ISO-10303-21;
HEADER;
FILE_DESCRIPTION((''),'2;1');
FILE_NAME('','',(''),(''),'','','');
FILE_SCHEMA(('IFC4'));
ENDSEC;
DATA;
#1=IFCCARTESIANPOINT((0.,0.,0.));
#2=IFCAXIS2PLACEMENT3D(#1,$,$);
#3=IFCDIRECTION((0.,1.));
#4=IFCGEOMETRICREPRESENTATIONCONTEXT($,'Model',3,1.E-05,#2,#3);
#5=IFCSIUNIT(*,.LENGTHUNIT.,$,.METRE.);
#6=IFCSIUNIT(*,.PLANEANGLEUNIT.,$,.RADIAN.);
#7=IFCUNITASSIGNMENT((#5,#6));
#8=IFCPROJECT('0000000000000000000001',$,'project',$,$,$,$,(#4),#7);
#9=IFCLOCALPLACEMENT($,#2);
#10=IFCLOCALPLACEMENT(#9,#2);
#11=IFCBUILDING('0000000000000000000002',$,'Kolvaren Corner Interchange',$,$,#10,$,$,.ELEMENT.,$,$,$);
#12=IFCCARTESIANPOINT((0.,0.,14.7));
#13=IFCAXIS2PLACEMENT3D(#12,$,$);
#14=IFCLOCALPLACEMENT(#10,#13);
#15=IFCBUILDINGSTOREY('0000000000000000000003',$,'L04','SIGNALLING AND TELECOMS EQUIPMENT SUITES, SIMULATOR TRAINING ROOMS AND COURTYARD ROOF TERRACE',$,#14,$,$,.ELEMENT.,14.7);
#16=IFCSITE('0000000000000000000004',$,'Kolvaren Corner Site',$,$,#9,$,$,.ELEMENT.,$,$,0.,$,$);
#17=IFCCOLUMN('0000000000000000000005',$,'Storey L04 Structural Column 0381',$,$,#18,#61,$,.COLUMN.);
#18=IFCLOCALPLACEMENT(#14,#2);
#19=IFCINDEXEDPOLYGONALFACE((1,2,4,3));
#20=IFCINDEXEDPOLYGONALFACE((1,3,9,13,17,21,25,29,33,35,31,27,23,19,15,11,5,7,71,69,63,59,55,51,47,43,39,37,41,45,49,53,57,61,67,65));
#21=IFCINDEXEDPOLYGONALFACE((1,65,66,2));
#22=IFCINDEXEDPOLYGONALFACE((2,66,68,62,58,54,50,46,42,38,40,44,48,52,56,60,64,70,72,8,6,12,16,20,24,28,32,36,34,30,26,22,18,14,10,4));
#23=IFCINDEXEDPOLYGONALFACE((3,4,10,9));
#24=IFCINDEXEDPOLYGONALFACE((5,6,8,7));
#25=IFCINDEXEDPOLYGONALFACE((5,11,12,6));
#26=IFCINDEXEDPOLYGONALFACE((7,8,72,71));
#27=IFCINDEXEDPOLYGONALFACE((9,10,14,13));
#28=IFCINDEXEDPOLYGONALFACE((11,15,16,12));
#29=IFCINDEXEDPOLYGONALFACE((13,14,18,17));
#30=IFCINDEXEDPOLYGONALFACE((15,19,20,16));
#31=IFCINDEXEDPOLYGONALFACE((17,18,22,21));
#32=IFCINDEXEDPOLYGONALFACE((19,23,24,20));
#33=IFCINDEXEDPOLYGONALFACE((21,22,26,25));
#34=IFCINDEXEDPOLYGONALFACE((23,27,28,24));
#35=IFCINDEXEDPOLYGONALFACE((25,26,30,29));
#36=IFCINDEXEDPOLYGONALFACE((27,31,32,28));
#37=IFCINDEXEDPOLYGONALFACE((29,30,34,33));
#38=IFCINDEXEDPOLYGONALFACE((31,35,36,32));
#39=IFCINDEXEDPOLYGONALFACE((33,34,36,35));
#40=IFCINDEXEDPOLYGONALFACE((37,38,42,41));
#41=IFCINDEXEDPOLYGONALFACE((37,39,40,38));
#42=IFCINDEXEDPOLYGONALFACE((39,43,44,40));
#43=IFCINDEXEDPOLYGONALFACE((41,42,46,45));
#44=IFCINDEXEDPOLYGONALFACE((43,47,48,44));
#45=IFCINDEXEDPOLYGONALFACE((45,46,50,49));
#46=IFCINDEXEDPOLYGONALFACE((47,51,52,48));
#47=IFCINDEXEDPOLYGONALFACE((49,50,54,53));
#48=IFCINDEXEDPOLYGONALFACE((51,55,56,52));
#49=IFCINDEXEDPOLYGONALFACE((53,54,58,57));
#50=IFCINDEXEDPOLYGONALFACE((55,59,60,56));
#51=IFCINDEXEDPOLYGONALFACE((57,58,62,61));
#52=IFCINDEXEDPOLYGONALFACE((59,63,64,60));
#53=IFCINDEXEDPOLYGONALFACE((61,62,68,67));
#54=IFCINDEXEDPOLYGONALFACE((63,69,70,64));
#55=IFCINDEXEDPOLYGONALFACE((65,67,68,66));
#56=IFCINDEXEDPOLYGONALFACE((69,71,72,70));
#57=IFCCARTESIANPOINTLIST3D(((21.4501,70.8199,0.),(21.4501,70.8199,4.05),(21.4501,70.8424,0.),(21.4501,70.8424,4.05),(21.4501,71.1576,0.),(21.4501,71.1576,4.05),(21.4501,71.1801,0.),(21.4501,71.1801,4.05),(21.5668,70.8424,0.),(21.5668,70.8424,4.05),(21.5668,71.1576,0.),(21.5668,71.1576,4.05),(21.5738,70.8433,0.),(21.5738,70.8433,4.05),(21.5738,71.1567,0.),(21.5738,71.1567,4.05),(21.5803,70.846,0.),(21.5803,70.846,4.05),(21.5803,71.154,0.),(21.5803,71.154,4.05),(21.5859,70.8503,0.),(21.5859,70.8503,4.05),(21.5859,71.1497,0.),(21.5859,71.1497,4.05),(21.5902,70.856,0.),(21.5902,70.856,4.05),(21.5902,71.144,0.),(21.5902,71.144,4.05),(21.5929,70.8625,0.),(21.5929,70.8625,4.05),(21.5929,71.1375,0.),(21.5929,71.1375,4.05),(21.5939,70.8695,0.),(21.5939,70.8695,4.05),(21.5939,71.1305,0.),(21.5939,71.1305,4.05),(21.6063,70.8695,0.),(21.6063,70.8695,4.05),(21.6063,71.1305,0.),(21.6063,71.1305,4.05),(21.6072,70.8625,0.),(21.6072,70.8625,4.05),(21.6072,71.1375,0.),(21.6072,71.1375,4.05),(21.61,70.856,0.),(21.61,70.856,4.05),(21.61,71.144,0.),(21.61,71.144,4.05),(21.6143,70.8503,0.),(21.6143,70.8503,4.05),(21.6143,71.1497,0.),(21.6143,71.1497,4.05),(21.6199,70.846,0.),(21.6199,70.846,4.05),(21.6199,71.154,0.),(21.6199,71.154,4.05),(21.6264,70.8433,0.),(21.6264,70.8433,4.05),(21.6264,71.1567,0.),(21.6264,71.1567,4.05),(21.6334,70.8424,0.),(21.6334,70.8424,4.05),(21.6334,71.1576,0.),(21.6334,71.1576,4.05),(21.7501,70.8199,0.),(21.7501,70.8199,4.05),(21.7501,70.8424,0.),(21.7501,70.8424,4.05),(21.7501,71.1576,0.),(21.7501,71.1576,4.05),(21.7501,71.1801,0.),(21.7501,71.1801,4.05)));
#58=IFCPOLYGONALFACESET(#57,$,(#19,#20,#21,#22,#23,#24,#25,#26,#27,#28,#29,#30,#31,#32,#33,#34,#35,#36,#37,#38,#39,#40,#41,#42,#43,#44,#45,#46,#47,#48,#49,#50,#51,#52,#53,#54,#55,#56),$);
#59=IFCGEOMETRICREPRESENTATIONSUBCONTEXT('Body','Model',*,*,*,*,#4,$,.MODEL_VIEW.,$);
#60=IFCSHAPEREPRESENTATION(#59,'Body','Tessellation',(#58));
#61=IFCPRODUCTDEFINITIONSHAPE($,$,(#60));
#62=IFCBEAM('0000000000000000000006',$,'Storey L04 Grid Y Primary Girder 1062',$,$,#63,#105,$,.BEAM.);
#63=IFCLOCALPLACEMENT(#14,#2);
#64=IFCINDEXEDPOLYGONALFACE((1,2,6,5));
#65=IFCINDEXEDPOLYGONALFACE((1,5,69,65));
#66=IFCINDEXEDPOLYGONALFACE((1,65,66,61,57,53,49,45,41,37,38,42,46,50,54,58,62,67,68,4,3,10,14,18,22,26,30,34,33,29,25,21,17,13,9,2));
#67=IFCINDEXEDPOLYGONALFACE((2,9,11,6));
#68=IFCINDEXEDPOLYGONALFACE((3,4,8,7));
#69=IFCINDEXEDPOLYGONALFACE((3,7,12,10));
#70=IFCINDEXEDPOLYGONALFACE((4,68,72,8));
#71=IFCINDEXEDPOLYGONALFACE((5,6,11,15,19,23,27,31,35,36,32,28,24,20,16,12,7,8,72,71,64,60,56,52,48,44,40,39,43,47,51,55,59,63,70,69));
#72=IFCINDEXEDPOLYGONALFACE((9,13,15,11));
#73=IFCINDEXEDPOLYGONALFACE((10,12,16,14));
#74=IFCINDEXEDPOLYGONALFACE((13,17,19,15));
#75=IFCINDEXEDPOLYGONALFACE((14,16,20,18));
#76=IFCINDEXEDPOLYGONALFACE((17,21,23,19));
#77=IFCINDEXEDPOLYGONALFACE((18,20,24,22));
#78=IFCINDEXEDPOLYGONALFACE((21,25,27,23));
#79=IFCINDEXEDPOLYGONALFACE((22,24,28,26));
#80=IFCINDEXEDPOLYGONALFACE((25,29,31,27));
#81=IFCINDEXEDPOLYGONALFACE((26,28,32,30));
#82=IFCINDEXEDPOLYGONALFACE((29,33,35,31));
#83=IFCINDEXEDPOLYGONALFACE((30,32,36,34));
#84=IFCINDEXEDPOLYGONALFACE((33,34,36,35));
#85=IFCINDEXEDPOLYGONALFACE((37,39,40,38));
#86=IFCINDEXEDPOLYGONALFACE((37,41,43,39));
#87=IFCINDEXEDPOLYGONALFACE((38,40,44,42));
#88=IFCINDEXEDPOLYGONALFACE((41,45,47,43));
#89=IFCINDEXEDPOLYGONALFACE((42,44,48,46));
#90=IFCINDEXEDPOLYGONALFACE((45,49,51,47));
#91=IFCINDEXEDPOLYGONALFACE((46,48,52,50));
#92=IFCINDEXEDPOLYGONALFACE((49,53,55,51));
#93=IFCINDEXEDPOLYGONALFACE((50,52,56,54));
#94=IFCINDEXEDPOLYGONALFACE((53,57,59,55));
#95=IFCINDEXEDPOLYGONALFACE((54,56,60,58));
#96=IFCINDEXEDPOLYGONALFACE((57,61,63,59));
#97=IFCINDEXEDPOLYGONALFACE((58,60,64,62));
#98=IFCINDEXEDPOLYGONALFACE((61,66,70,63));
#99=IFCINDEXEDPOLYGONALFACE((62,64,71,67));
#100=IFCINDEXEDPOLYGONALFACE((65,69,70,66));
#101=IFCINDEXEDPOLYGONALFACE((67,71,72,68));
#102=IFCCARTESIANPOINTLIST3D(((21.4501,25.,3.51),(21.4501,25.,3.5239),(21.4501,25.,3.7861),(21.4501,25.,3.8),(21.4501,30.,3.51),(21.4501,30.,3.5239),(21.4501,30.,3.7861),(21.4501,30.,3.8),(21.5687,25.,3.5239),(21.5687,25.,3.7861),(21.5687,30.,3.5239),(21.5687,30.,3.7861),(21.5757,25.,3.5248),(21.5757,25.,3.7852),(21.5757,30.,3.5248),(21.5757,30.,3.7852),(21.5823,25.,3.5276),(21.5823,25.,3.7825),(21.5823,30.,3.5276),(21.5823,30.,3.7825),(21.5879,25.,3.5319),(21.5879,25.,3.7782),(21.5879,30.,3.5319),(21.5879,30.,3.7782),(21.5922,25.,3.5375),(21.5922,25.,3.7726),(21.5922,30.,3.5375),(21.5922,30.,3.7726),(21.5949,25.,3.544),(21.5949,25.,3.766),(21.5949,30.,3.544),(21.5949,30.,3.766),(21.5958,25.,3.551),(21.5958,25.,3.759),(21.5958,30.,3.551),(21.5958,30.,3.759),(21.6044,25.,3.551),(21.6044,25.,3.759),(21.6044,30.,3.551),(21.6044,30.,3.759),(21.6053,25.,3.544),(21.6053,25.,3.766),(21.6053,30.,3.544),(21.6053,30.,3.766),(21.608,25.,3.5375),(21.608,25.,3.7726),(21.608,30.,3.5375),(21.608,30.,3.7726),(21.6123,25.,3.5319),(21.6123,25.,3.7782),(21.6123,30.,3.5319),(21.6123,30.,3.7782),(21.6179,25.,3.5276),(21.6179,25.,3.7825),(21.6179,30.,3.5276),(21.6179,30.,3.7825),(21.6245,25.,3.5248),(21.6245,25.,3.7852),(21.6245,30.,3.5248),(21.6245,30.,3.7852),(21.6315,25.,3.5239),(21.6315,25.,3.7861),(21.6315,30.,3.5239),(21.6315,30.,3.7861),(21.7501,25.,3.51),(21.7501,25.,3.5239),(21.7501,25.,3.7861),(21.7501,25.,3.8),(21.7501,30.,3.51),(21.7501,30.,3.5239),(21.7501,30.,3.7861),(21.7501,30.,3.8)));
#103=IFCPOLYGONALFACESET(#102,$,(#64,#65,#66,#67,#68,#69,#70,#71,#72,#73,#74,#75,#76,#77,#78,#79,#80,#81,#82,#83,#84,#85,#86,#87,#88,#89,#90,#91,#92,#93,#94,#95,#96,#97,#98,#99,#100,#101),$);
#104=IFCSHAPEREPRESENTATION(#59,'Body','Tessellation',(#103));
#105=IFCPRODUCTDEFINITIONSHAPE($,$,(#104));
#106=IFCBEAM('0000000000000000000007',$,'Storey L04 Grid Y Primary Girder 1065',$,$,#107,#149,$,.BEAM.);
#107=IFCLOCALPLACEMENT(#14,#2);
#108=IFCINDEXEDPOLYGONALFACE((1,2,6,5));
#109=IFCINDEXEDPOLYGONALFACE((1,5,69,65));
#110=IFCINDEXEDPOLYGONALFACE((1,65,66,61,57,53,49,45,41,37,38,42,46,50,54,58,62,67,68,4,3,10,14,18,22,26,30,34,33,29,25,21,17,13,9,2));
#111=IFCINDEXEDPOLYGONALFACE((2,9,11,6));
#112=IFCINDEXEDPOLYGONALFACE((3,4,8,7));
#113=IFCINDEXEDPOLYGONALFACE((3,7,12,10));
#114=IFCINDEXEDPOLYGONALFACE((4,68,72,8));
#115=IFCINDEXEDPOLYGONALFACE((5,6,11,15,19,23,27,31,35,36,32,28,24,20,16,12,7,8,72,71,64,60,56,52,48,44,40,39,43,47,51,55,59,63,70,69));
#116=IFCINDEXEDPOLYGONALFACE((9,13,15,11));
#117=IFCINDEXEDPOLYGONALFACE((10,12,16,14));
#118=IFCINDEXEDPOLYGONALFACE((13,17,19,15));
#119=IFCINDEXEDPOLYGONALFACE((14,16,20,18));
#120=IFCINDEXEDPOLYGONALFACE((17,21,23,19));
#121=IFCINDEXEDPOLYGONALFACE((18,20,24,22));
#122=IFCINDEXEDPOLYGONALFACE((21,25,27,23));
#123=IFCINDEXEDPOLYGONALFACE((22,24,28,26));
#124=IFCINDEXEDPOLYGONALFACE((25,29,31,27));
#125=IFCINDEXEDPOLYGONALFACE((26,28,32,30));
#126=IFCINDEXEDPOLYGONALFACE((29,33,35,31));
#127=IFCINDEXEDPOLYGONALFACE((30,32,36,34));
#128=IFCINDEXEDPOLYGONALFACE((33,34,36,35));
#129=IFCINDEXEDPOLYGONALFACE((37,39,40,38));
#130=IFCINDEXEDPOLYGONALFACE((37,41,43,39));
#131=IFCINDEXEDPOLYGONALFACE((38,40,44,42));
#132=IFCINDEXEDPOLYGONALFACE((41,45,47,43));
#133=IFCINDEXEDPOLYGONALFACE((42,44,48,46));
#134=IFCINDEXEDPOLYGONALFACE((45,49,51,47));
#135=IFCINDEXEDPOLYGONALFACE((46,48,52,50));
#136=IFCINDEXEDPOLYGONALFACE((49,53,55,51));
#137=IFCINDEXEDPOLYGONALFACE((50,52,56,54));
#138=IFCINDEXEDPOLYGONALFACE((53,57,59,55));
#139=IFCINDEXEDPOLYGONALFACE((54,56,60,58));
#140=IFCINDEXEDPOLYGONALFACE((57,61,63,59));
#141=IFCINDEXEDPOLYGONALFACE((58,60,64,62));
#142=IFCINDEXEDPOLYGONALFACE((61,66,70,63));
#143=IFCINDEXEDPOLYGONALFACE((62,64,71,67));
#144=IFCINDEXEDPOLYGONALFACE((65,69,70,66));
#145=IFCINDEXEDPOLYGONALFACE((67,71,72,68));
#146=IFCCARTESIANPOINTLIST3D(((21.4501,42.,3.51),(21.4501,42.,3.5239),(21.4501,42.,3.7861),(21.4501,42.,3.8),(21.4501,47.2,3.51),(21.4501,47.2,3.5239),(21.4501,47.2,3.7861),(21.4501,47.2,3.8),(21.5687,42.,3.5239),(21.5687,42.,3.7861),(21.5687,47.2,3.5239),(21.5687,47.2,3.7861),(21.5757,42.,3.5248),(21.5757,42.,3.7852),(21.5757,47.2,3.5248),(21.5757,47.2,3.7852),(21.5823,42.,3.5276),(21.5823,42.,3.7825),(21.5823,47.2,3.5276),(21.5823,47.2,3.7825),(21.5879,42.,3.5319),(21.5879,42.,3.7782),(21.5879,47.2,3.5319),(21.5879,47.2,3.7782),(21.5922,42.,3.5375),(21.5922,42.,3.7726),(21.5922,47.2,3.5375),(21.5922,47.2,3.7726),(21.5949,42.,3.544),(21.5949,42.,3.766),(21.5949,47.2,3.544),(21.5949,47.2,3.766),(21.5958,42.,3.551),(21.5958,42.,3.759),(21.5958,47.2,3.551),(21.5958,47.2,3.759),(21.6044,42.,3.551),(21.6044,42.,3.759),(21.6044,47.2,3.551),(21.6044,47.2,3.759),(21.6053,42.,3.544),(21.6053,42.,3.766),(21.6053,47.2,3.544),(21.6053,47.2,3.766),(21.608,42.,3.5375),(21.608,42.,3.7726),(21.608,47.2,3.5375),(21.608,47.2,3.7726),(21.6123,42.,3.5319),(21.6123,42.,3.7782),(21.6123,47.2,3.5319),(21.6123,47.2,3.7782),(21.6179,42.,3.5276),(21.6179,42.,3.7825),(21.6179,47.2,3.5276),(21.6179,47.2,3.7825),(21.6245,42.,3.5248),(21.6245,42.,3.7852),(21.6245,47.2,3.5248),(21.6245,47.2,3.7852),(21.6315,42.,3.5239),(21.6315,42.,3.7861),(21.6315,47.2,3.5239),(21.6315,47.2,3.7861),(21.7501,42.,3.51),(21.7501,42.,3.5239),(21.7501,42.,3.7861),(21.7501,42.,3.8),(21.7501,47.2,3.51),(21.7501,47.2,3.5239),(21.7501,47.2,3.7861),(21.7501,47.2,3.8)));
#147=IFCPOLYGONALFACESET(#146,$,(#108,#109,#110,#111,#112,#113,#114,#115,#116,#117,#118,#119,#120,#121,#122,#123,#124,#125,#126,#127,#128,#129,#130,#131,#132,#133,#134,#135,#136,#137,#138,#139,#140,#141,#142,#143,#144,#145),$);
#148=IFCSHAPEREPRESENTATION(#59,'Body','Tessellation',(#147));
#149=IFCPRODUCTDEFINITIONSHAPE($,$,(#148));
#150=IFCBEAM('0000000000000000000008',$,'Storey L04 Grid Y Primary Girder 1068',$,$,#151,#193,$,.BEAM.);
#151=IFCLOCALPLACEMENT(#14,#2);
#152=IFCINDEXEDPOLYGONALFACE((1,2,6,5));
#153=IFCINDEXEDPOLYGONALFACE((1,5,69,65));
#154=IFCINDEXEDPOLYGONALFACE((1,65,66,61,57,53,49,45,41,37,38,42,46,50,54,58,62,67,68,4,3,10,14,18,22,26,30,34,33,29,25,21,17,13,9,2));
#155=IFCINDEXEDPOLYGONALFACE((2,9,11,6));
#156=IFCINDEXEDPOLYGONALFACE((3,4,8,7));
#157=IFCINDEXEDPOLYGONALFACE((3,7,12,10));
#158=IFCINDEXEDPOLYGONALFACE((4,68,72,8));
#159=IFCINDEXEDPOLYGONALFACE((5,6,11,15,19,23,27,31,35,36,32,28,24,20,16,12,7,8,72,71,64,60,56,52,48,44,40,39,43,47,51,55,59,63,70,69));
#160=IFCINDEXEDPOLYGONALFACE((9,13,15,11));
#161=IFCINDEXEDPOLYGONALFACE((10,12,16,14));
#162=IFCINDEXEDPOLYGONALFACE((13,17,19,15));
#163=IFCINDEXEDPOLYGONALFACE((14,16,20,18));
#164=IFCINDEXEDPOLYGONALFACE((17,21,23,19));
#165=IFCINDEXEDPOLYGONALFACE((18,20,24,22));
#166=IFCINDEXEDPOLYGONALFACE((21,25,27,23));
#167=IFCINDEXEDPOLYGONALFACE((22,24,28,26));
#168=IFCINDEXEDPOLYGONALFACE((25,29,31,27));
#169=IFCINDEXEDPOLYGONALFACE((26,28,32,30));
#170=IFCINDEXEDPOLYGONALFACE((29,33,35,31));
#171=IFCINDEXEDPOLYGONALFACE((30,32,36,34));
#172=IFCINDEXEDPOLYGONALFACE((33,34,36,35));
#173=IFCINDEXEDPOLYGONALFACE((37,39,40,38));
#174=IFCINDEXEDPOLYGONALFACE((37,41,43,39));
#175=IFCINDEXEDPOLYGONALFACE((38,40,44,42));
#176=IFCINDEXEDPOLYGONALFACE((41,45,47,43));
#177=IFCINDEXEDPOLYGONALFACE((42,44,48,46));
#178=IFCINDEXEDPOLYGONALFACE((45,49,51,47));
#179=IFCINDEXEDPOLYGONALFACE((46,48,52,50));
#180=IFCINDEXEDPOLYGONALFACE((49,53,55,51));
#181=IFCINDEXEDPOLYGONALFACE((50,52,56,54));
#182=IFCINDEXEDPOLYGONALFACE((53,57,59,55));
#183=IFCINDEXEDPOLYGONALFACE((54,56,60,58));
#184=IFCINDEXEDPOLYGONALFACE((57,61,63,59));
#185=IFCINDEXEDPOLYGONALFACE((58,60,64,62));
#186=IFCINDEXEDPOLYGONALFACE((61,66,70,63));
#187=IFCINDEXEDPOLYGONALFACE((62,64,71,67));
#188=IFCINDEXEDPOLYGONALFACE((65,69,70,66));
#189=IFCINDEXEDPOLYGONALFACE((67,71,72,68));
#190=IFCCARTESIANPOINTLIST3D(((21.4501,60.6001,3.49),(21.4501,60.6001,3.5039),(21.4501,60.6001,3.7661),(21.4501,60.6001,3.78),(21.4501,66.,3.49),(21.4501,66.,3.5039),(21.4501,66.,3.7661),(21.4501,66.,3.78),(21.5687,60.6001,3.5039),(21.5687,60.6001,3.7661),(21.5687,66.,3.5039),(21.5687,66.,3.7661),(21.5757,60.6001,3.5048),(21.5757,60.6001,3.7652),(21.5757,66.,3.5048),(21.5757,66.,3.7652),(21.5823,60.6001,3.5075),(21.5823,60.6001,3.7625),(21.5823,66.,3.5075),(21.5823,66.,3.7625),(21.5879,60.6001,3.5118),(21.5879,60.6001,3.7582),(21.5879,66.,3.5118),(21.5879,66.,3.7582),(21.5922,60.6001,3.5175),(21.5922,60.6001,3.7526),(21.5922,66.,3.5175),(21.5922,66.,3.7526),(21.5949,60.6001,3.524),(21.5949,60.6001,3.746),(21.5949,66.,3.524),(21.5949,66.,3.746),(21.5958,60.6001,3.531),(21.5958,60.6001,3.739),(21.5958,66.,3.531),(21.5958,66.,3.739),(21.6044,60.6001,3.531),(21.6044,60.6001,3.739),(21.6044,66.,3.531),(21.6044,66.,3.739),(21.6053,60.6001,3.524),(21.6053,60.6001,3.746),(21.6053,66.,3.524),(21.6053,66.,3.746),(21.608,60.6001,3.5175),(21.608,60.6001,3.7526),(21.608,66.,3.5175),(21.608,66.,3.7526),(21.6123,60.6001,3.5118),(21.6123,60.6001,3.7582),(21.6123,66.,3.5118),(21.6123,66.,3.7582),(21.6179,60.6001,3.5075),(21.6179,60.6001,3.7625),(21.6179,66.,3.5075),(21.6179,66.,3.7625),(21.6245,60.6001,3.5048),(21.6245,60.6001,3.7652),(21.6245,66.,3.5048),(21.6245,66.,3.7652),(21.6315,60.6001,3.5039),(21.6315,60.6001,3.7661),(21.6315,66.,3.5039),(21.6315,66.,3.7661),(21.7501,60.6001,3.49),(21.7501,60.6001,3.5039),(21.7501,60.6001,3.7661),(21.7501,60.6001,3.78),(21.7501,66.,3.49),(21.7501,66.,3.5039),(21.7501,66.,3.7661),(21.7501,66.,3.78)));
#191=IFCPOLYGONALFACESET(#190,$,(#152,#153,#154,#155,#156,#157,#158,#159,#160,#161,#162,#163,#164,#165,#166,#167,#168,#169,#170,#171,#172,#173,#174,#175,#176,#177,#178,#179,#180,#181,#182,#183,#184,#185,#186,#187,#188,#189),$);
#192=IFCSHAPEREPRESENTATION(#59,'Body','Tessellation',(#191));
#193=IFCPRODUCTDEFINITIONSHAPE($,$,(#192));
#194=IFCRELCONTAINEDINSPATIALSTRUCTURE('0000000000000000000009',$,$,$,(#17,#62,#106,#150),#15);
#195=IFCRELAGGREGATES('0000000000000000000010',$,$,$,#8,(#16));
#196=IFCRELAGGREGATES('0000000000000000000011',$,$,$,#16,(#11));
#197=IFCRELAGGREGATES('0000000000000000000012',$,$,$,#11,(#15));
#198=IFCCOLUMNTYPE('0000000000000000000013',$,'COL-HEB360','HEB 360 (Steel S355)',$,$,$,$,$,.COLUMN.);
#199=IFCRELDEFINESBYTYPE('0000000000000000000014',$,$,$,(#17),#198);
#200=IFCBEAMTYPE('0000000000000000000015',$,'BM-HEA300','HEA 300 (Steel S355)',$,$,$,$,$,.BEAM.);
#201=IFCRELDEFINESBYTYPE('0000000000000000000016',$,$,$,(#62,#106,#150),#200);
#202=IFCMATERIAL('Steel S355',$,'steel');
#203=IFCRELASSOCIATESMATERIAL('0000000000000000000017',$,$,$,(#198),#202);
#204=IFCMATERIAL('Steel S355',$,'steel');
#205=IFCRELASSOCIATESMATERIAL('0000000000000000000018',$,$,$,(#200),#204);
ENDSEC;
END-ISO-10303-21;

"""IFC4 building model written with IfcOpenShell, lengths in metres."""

from ifc_helpers import new_model, si_unit, direction, frame, origin, origin_2d, place, context, subcontext, project, spatial, i_section, extrude, material, material_profile, profile_set, type_object, element, save


model = new_model("IFC4")

# Units and contexts
model_context = context("Model", 3, precision=1e-05, world=origin(), true_north=direction((0.0, 1.0)))
body_context = subcontext(model_context, "Body", "Model", "MODEL_VIEW")
ifc_project = project(units=[si_unit("LENGTHUNIT", "METRE"), si_unit("PLANEANGLEUNIT", "RADIAN")], contexts=[model_context])

# Site, building, storey
site_placement = place(None, origin())
site = spatial("IfcSite", under=ifc_project, at=site_placement, Name="Kolvaren Corner Site", CompositionType="ELEMENT", RefElevation=0.0)
building_placement = place(site_placement, origin())
building = spatial("IfcBuilding", under=site, at=building_placement, Name="Kolvaren Corner Interchange", CompositionType="ELEMENT")
storey_placement = place(building_placement, frame((0.0, 0.0, 14.7)))
storey = spatial("IfcBuildingStorey", under=building, at=storey_placement, Name="L04", Description="SIGNALLING AND TELECOMS EQUIPMENT SUITES, SIMULATOR TRAINING ROOMS AND COURTYARD ROOF TERRACE", CompositionType="ELEMENT", Elevation=14.7)

# Column
ifc_material_1 = material(Name="Steel S355", Category="steel")
ifc_material_profile_1 = material_profile(ifc_material_1, i_section(OverallWidth=0.3, OverallDepth=0.3601, WebThickness=0.0125, FlangeThickness=0.0225, FilletRadius=0.0271, at=origin_2d()), Name="HEB 360")
ifc_profile_set_1 = profile_set([ifc_material_profile_1], Name="Steel S355")
column_type = type_object("IfcColumnType", Name="COL-HEB360", Description="HEB 360 (Steel S355)", PredefinedType="COLUMN", material=ifc_profile_set_1)
for number, where, z_axis, x_axis, name in (
    (1, (21.6001, 71.0, 0.0), (0.0, 0.0, 1.0), (1.0, 0.0, 0.0), "Storey L04 Structural Column 0381"),
):
    element("IfcColumn", number, at=place(storey_placement, frame(where, z_axis=z_axis, x_axis=x_axis)), inside=storey, type_object=column_type, Name=name, PredefinedType="COLUMN", context=body_context, shape_type="SweptSolid", body=[
        extrude(i_section(OverallWidth=0.3, OverallDepth=0.3601, WebThickness=0.0125, FlangeThickness=0.0225, FilletRadius=0.0271, at=origin_2d()), origin(), (0.0, 0.0, 1.0), 4.05),
    ])

# Beams
ifc_material_2 = material(Name="Steel S355", Category="steel")
ifc_material_profile_2 = material_profile(ifc_material_2, i_section(OverallWidth=0.3, OverallDepth=0.29, WebThickness=0.0085, FlangeThickness=0.0139, FilletRadius=0.0271, at=origin_2d()), Name="HEA 300")
ifc_profile_set_2 = profile_set([ifc_material_profile_2], Name="Steel S355")
beam_type_1 = type_object("IfcBeamType", Name="BM-HEA300", Description="HEA 300 (Steel S355)", PredefinedType="BEAM", material=ifc_profile_set_2)
beam_1_placement = place(storey_placement, frame((21.6001, 25.0, 3.655), z_axis=(0.0, 1.0, 0.0), x_axis=(-1.0, 0.0, 0.0)))
element("IfcBeam", 2, at=beam_1_placement, inside=storey, type_object=beam_type_1, Name="Storey L04 Grid Y Primary Girder 1062", PredefinedType="BEAM", context=body_context, shape_type="SweptSolid", body=[
    extrude(i_section(OverallWidth=0.3, OverallDepth=0.29, WebThickness=0.0085, FlangeThickness=0.0139, FilletRadius=0.0271, at=origin_2d()), origin(), (0.0, 0.0, 1.0), 5.0),
])
beam_2_placement = place(storey_placement, frame((21.6001, 42.0, 3.655), z_axis=(0.0, 1.0, 0.0), x_axis=(-1.0, 0.0, 0.0)))
element("IfcBeam", 3, at=beam_2_placement, inside=storey, type_object=beam_type_1, Name="Storey L04 Grid Y Primary Girder 1065", PredefinedType="BEAM", context=body_context, shape_type="SweptSolid", body=[
    extrude(i_section(OverallWidth=0.3, OverallDepth=0.29, WebThickness=0.0085, FlangeThickness=0.0139, FilletRadius=0.0271, at=origin_2d()), origin(), (0.0, 0.0, 1.0), 5.2),
])
beam_3_placement = place(storey_placement, frame((21.6001, 60.6001, 3.635), z_axis=(0.0, 1.0, 0.0), x_axis=(-1.0, 0.0, 0.0)))
element("IfcBeam", 4, at=beam_3_placement, inside=storey, type_object=beam_type_1, Name="Storey L04 Grid Y Primary Girder 1068", PredefinedType="BEAM", context=body_context, shape_type="SweptSolid", body=[
    extrude(i_section(OverallWidth=0.3, OverallDepth=0.29, WebThickness=0.0085, FlangeThickness=0.0139, FilletRadius=0.0271, at=origin_2d()), origin(), (0.0, 0.0, 1.0), 5.3999),
])

save(model, "model.ifc")
